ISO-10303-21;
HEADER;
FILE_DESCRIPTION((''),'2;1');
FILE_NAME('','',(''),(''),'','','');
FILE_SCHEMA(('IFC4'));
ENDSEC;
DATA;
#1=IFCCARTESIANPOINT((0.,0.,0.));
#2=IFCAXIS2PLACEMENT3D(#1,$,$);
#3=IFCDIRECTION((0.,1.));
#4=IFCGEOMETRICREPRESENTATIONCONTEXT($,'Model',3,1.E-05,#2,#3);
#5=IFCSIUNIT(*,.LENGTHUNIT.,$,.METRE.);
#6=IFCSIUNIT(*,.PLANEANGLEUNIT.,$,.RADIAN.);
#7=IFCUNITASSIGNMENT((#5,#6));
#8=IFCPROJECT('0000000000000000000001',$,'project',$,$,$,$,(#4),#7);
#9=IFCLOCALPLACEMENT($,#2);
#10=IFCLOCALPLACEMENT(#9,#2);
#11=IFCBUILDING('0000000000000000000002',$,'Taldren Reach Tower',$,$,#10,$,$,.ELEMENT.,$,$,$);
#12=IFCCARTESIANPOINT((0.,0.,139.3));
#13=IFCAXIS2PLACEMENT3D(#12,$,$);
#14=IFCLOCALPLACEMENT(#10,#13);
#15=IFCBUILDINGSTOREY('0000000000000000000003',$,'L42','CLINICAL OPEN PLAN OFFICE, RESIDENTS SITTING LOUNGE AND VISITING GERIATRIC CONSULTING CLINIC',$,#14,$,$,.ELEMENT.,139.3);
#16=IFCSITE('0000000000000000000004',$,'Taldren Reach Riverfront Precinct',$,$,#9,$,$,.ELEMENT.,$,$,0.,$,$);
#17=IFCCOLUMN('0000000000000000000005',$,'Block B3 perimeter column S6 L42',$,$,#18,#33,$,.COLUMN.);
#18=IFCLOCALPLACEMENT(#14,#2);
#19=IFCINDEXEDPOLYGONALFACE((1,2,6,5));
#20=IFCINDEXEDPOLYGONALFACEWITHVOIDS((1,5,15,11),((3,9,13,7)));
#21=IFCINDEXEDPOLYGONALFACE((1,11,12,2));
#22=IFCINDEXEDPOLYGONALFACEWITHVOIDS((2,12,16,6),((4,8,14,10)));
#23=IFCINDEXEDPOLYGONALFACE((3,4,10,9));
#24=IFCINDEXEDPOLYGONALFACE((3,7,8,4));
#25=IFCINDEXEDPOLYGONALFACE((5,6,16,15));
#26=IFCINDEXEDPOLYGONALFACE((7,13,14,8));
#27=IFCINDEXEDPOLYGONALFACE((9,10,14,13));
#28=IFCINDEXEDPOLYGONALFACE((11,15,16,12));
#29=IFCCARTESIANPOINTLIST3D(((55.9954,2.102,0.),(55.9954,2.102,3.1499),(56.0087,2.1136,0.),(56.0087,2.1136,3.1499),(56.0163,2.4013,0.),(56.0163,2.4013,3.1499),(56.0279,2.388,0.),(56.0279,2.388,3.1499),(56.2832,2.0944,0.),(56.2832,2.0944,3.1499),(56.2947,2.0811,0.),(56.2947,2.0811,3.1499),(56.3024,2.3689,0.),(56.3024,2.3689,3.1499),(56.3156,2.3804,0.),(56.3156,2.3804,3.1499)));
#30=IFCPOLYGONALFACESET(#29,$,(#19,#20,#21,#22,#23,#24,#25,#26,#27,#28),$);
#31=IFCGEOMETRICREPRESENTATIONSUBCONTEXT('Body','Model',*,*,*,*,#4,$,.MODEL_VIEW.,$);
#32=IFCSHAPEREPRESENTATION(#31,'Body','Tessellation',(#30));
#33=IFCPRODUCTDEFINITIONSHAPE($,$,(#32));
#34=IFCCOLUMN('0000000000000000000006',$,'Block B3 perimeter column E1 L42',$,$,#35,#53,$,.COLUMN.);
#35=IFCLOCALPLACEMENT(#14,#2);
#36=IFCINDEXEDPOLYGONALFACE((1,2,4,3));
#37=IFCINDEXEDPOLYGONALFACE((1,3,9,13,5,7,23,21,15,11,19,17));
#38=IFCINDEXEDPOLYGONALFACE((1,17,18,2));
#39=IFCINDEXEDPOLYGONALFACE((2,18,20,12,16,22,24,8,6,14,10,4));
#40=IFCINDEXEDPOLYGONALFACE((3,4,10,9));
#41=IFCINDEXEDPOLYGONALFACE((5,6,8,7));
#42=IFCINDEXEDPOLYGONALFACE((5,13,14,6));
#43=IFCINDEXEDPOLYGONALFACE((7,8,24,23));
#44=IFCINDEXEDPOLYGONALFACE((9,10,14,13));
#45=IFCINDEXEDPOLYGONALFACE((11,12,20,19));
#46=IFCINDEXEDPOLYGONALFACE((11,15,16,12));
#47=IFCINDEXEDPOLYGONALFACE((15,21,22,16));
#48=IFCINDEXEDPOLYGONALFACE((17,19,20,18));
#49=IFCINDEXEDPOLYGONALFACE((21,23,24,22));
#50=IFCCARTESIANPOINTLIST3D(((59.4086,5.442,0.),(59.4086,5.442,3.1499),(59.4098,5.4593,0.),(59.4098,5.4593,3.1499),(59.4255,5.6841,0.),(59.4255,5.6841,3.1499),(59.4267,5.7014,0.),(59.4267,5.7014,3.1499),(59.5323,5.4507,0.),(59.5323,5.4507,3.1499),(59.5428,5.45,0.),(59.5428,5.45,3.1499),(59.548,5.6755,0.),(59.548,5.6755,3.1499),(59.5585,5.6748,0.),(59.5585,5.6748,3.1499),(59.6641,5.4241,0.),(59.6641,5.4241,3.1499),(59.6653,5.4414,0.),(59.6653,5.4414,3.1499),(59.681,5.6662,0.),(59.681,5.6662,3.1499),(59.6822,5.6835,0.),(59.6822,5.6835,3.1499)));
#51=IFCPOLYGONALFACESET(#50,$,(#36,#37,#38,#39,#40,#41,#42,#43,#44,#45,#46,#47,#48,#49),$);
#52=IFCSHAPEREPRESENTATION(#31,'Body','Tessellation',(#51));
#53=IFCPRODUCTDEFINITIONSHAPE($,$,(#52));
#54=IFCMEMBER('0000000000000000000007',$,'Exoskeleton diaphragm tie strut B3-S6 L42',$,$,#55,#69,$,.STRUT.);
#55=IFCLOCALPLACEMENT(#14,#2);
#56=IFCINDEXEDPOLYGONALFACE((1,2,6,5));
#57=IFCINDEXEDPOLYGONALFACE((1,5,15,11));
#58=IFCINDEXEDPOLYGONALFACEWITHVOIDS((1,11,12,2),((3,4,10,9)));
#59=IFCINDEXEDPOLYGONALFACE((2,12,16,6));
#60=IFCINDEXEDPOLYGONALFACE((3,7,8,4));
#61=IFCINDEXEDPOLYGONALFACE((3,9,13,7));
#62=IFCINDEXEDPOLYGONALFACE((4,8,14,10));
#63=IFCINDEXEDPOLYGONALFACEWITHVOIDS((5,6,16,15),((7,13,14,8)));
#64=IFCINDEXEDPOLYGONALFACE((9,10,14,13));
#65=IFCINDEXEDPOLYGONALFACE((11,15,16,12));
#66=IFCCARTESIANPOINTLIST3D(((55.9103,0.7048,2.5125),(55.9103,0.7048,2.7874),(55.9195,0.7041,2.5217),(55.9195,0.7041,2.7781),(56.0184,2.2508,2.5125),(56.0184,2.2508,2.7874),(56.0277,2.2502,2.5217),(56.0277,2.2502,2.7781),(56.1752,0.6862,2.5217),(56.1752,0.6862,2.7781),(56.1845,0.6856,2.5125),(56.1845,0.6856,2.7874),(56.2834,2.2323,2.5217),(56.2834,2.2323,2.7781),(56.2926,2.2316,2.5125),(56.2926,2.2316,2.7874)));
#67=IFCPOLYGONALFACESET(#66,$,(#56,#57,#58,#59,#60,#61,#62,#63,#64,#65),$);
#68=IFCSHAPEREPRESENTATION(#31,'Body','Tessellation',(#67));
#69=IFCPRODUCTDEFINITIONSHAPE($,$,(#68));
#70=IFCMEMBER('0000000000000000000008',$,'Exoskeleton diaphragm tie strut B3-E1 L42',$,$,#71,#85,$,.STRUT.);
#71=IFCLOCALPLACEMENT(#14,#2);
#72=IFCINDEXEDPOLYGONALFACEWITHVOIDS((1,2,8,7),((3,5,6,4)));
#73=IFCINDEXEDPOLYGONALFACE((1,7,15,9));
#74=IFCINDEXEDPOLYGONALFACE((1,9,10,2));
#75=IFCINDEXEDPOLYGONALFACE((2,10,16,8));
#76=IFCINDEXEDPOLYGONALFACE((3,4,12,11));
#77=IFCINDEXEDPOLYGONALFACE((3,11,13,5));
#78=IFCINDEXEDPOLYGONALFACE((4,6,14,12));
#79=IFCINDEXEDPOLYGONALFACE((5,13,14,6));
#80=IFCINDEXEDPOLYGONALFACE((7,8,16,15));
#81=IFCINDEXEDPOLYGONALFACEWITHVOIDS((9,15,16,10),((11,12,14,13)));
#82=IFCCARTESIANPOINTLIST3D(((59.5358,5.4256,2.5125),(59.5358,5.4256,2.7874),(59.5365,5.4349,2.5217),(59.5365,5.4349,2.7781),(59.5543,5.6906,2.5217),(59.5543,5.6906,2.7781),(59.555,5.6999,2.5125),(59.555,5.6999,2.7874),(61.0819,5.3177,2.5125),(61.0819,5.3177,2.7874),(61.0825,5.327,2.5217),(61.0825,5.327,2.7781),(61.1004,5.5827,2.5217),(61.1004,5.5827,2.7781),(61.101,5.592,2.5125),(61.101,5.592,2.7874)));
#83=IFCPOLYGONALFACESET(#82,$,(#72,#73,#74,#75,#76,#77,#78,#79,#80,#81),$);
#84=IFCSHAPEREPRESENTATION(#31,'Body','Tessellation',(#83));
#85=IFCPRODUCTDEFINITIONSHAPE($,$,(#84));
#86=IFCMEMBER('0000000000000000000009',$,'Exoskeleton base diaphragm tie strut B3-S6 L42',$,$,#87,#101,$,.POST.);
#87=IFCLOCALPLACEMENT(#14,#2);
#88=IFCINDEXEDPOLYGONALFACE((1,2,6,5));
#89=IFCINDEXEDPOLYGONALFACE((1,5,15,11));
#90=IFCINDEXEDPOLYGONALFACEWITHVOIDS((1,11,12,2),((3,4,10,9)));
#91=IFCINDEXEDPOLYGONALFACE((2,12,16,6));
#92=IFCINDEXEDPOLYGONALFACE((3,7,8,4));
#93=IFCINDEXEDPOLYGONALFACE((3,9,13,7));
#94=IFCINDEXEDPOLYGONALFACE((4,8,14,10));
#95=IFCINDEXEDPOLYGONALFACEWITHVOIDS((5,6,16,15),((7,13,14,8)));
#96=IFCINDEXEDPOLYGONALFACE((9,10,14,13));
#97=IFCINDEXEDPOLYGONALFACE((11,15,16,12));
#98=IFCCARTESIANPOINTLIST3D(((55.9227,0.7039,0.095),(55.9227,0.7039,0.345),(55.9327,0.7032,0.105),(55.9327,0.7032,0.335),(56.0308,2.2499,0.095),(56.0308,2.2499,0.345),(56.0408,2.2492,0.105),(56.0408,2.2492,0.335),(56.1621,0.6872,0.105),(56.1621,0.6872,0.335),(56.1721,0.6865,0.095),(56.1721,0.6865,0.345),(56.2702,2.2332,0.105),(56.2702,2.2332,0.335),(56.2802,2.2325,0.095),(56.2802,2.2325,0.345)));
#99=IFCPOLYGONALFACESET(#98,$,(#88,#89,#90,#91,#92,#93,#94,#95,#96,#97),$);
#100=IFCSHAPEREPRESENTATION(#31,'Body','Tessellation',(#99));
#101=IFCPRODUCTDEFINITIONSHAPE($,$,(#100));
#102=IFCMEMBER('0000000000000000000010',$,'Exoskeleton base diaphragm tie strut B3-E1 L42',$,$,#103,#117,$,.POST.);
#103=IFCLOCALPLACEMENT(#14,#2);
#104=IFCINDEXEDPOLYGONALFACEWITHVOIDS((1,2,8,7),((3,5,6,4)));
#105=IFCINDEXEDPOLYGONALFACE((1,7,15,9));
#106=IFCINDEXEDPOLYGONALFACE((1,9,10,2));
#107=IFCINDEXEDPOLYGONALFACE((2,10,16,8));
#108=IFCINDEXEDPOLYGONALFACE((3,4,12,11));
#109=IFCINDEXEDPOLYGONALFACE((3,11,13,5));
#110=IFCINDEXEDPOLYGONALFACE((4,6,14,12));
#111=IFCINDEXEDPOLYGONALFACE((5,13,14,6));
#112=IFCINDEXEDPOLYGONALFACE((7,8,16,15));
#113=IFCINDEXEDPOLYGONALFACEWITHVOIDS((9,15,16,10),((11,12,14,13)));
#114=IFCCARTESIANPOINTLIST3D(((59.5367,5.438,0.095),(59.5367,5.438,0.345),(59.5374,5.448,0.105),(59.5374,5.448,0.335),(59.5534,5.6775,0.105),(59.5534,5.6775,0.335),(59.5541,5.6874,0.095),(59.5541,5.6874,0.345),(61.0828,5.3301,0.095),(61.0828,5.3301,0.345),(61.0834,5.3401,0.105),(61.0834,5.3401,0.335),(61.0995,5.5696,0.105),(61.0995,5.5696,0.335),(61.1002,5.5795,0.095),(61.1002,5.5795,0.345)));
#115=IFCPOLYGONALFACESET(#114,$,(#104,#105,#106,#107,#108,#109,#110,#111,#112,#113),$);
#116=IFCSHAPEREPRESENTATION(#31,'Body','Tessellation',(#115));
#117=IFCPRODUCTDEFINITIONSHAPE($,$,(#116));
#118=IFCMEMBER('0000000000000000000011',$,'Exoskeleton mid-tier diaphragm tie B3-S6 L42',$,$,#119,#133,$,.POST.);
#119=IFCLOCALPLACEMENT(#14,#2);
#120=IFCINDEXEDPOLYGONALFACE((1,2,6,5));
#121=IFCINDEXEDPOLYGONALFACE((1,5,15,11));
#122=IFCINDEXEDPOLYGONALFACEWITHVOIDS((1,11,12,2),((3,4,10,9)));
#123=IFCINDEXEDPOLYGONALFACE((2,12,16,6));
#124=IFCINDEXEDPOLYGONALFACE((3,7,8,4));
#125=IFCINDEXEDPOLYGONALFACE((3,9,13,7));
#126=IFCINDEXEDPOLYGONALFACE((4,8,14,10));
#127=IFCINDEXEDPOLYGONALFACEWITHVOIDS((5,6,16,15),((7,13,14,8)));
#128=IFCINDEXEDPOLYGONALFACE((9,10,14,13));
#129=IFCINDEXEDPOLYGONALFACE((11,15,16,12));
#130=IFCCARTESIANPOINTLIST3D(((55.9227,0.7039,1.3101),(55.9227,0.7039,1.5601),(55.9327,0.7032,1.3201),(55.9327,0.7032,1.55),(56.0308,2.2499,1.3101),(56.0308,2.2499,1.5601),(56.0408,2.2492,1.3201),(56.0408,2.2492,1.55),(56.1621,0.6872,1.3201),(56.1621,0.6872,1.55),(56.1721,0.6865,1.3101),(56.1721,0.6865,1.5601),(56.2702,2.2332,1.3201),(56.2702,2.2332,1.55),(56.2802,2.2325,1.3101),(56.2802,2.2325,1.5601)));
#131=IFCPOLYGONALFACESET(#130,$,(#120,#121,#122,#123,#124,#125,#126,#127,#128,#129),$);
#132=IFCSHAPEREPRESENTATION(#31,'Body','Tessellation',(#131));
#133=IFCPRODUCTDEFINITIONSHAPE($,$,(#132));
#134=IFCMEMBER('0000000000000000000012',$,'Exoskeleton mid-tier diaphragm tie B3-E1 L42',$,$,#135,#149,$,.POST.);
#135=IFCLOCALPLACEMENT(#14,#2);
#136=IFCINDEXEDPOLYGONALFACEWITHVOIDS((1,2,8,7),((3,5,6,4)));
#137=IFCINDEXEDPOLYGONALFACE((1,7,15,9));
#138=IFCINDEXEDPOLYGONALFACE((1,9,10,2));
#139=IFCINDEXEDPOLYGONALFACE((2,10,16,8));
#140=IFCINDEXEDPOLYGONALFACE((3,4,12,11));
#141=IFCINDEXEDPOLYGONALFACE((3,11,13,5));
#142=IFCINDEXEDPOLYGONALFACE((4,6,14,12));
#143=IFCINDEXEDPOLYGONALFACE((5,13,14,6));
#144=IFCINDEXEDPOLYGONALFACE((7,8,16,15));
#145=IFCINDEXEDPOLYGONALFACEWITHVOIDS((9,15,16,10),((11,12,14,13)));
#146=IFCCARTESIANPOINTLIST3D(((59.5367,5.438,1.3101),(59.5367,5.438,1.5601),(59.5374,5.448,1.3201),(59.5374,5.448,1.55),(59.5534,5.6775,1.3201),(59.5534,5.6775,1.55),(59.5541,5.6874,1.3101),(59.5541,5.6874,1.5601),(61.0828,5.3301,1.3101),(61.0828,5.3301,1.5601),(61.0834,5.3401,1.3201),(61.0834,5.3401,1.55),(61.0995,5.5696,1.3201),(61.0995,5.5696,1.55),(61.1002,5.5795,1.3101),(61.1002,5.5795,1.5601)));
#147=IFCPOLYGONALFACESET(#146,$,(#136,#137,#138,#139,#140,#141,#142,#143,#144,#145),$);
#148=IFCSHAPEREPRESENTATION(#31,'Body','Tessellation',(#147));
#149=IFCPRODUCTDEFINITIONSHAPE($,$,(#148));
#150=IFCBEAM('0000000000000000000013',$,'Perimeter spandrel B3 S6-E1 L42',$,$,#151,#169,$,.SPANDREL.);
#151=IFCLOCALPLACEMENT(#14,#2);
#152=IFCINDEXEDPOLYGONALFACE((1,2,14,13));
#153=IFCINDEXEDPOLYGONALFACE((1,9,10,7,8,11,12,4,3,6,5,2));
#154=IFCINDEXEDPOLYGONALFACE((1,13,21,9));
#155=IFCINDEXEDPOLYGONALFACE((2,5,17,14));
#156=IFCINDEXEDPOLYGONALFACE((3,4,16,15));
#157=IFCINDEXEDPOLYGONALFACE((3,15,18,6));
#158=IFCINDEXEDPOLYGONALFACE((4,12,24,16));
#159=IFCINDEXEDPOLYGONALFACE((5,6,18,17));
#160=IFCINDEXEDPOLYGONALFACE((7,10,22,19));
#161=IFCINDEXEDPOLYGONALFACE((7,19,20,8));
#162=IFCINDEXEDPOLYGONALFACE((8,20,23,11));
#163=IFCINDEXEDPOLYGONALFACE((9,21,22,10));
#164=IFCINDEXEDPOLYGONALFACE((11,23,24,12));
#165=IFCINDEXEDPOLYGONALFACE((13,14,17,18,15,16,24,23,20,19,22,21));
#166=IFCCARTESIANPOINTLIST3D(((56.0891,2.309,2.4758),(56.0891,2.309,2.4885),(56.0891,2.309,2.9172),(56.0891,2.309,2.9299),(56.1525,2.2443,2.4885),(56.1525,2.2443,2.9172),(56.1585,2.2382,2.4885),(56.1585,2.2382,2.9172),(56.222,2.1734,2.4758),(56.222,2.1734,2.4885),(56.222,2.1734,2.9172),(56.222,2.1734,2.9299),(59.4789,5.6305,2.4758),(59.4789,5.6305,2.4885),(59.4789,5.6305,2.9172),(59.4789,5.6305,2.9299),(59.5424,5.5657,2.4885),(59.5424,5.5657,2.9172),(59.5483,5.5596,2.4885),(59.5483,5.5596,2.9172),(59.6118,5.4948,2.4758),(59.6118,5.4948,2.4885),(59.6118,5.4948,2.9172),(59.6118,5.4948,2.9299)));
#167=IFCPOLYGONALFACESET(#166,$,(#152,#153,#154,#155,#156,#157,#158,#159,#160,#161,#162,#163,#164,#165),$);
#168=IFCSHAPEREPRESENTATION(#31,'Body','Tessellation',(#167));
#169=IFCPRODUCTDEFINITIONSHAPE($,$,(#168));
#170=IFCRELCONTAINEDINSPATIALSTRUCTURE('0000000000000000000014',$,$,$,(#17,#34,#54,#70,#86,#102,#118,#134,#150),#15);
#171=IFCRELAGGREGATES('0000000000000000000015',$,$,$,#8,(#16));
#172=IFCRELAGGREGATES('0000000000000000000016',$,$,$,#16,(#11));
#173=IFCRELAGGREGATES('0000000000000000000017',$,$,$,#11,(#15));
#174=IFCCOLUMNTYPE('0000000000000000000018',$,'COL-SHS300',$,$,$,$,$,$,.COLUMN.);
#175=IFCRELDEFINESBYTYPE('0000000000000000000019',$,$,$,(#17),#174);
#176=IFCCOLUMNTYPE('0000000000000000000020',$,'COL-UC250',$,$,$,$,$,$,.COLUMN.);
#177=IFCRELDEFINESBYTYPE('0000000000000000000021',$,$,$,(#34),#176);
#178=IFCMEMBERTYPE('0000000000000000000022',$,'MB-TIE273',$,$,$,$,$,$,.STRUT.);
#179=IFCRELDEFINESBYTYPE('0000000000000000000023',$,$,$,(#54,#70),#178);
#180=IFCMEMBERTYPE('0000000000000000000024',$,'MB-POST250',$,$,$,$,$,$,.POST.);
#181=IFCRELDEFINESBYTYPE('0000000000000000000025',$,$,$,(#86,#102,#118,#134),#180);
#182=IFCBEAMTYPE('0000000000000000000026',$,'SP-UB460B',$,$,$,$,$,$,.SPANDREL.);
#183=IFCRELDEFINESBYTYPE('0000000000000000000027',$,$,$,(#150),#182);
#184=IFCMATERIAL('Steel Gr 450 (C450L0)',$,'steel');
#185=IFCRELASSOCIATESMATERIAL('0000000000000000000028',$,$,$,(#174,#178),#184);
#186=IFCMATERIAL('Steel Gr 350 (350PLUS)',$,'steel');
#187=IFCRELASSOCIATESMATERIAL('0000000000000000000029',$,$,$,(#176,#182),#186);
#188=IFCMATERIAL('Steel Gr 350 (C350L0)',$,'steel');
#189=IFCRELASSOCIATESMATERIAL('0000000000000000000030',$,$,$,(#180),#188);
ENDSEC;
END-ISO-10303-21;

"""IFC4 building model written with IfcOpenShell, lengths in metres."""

from ifc_helpers import new_model, si_unit, direction, frame, origin, origin_2d, place, context, subcontext, project, spatial, hollow_rectangle, i_section, extrude, source, transform, mapped, material, material_profile, profile_set, type_object, element, save


model = new_model("IFC4")

# Units and contexts
model_context = context("Model", 3, precision=1e-05, world=origin(), true_north=direction((0.0, 1.0)))
body_context = subcontext(model_context, "Body", "Model", "MODEL_VIEW")
ifc_project = project(units=[si_unit("LENGTHUNIT", "METRE"), si_unit("PLANEANGLEUNIT", "RADIAN")], contexts=[model_context])

# Site, building, storey
site_placement = place(None, origin())
site = spatial("IfcSite", under=ifc_project, at=site_placement, Name="Taldren Reach Riverfront Precinct", CompositionType="ELEMENT", RefElevation=0.0)
building_placement = place(site_placement, origin())
building = spatial("IfcBuilding", under=site, at=building_placement, Name="Taldren Reach Tower", CompositionType="ELEMENT")
storey_placement = place(building_placement, frame((0.0, 0.0, 139.3)))
storey = spatial("IfcBuildingStorey", under=building, at=storey_placement, Name="L42", Description="CLINICAL OPEN PLAN OFFICE, RESIDENTS SITTING LOUNGE AND VISITING GERIATRIC CONSULTING CLINIC", CompositionType="ELEMENT", Elevation=139.3)

# Columns
ifc_material_1 = material(Name="Steel Gr 450 (C450L0)", Category="steel")
ifc_material_profile_1 = material_profile(ifc_material_1, hollow_rectangle(XDim=0.3, YDim=0.3, WallThickness=0.0125, at=origin_2d()), Name="300x300x12.5SHS")
ifc_profile_set_1 = profile_set([ifc_material_profile_1], Name="Steel Gr 450 (C450L0)")
column_type_1 = type_object("IfcColumnType", Name="COL-SHS300", PredefinedType="COLUMN", material=ifc_profile_set_1)
shared_shape_1 = source(origin(), body_context, "Body", "SweptSolid", [
    extrude(hollow_rectangle(XDim=0.3, YDim=0.3, WallThickness=0.0125, at=origin_2d()), origin(), (0.0, 0.0, 1.0), 3.1499),
])
column_1_placement = place(storey_placement, frame((56.1555, 2.2412, 0.0), z_axis=(0.0, 0.0, 1.0), x_axis=(0.997564, -0.069756, 0.0)))
element("IfcColumn", 1, at=column_1_placement, inside=storey, type_object=column_type_1, Name="Block B3 perimeter column S6 L42", PredefinedType="COLUMN", context=body_context, shape_type="MappedRepresentation", body=[
    mapped(shared_shape_1, transform((0.0, 0.0, 0.0), scale=1.0)),
])
ifc_material_2 = material(Name="Steel Gr 350 (350PLUS)", Category="steel")
ifc_material_profile_2 = material_profile(ifc_material_2, i_section(OverallWidth=0.2561, OverallDepth=0.26, WebThickness=0.0105, FlangeThickness=0.0173, at=origin_2d()), Name="250UC89.5")
ifc_profile_set_2 = profile_set([ifc_material_profile_2], Name="Steel Gr 350 (350PLUS)")
column_type_2 = type_object("IfcColumnType", Name="COL-UC250", PredefinedType="COLUMN", material=ifc_profile_set_2)
shared_shape_2 = source(origin(), body_context, "Body", "SweptSolid", [
    extrude(i_section(OverallWidth=0.2561, OverallDepth=0.26, WebThickness=0.0105, FlangeThickness=0.0173, at=origin_2d()), origin(), (0.0, 0.0, 1.0), 3.1499),
])
column_2_placement = place(storey_placement, frame((59.5454, 5.5627, 0.0), z_axis=(0.0, 0.0, 1.0), x_axis=(0.997564, -0.069756, 0.0)))
element("IfcColumn", 2, at=column_2_placement, inside=storey, type_object=column_type_2, Name="Block B3 perimeter column E1 L42", PredefinedType="COLUMN", context=body_context, shape_type="MappedRepresentation", body=[
    mapped(shared_shape_2, transform((0.0, 0.0, 0.0), scale=1.0)),
])

# Members
ifc_material_profile_3 = material_profile(ifc_material_1, hollow_rectangle(XDim=0.2749, YDim=0.2749, WallThickness=0.0093, at=origin_2d()), Name="275x275x9.3SHS")
ifc_profile_set_3 = profile_set([ifc_material_profile_3], Name="Steel Gr 450 (C450L0)")
member_type_1 = type_object("IfcMemberType", Name="MB-TIE273", PredefinedType="STRUT", material=ifc_profile_set_3)
shared_shape_3 = source(origin(), body_context, "Body", "SweptSolid", [
    extrude(hollow_rectangle(XDim=0.2749, YDim=0.2749, WallThickness=0.0093, at=origin_2d()), origin(), (0.0, 0.0, 1.0), 1.5498),
])
for number, where, z_axis, x_axis, name in (
    (3, (56.1555, 2.2412, 2.6499), (-0.069781, -0.997562, 0.0), (0.997562, -0.069781, 0.0), "Exoskeleton diaphragm tie strut B3-S6 L42"),
    (4, (59.5454, 5.5627, 2.6499), (0.997573, -0.069624, 0.0), (0.069624, 0.997573, 0.0), "Exoskeleton diaphragm tie strut B3-E1 L42"),
):
    element("IfcMember", number, at=place(storey_placement, frame(where, z_axis=z_axis, x_axis=x_axis)), inside=storey, type_object=member_type_1, Name=name, PredefinedType="STRUT", context=body_context, shape_type="MappedRepresentation", body=[
        mapped(shared_shape_3, transform((0.0, 0.0, 0.0), scale=1.0)),
    ])
ifc_material_3 = material(Name="Steel Gr 350 (C350L0)", Category="steel")
ifc_material_profile_4 = material_profile(ifc_material_3, hollow_rectangle(XDim=0.25, YDim=0.25, WallThickness=0.01, at=origin_2d()), Name="250x250x10.0SHS")
ifc_profile_set_4 = profile_set([ifc_material_profile_4], Name="Steel Gr 350 (C350L0)")
member_type_2 = type_object("IfcMemberType", Name="MB-POST250", PredefinedType="POST", material=ifc_profile_set_4)
shared_shape_4 = source(origin(), body_context, "Body", "SweptSolid", [
    extrude(hollow_rectangle(XDim=0.25, YDim=0.25, WallThickness=0.01, at=origin_2d()), origin(), (0.0, 0.0, 1.0), 1.5498),
])
for number, where, z_axis, x_axis, name in (
    (5, (56.1555, 2.2412, 0.22), (-0.069781, -0.997562, 0.0), (0.997562, -0.069781, 0.0), "Exoskeleton base diaphragm tie strut B3-S6 L42"),
    (6, (59.5454, 5.5627, 0.22), (0.997573, -0.069624, 0.0), (0.069624, 0.997573, 0.0), "Exoskeleton base diaphragm tie strut B3-E1 L42"),
    (7, (56.1555, 2.2412, 1.4351), (-0.069781, -0.997562, 0.0), (0.997562, -0.069781, 0.0), "Exoskeleton mid-tier diaphragm tie B3-S6 L42"),
    (8, (59.5454, 5.5627, 1.4351), (0.997573, -0.069624, 0.0), (0.069624, 0.997573, 0.0), "Exoskeleton mid-tier diaphragm tie B3-E1 L42"),
):
    element("IfcMember", number, at=place(storey_placement, frame(where, z_axis=z_axis, x_axis=x_axis)), inside=storey, type_object=member_type_2, Name=name, PredefinedType="POST", context=body_context, shape_type="MappedRepresentation", body=[
        mapped(shared_shape_4, transform((0.0, 0.0, 0.0), scale=1.0)),
    ])

# Beam
ifc_material_profile_5 = material_profile(ifc_material_2, i_section(OverallWidth=0.1899, OverallDepth=0.4541, WebThickness=0.0085, FlangeThickness=0.0127, at=origin_2d()), Name="460UB67.1")
ifc_profile_set_5 = profile_set([ifc_material_profile_5], Name="Steel Gr 350 (350PLUS)")
beam_type_1 = type_object("IfcBeamType", Name="SP-UB460B", PredefinedType="SPANDREL", material=ifc_profile_set_5)
shared_shape_5 = source(origin(), body_context, "Body", "SweptSolid", [
    extrude(i_section(OverallWidth=0.1899, OverallDepth=0.4541, WebThickness=0.0085, FlangeThickness=0.0127, at=origin_2d()), origin(), (0.0, 0.0, 1.0), 4.7458),
])
beam_1_placement = place(storey_placement, frame((56.1555, 2.2412, 2.7029), z_axis=(0.714272, 0.699868, 0.0), x_axis=(-0.699868, 0.714272, 0.0)))
element("IfcBeam", 9, at=beam_1_placement, inside=storey, type_object=beam_type_1, Name="Perimeter spandrel B3 S6-E1 L42", PredefinedType="SPANDREL", context=body_context, shape_type="MappedRepresentation", body=[
    mapped(shared_shape_5, transform((0.0, 0.0, 0.0), scale=1.0)),
])

save(model, "model.ifc")
